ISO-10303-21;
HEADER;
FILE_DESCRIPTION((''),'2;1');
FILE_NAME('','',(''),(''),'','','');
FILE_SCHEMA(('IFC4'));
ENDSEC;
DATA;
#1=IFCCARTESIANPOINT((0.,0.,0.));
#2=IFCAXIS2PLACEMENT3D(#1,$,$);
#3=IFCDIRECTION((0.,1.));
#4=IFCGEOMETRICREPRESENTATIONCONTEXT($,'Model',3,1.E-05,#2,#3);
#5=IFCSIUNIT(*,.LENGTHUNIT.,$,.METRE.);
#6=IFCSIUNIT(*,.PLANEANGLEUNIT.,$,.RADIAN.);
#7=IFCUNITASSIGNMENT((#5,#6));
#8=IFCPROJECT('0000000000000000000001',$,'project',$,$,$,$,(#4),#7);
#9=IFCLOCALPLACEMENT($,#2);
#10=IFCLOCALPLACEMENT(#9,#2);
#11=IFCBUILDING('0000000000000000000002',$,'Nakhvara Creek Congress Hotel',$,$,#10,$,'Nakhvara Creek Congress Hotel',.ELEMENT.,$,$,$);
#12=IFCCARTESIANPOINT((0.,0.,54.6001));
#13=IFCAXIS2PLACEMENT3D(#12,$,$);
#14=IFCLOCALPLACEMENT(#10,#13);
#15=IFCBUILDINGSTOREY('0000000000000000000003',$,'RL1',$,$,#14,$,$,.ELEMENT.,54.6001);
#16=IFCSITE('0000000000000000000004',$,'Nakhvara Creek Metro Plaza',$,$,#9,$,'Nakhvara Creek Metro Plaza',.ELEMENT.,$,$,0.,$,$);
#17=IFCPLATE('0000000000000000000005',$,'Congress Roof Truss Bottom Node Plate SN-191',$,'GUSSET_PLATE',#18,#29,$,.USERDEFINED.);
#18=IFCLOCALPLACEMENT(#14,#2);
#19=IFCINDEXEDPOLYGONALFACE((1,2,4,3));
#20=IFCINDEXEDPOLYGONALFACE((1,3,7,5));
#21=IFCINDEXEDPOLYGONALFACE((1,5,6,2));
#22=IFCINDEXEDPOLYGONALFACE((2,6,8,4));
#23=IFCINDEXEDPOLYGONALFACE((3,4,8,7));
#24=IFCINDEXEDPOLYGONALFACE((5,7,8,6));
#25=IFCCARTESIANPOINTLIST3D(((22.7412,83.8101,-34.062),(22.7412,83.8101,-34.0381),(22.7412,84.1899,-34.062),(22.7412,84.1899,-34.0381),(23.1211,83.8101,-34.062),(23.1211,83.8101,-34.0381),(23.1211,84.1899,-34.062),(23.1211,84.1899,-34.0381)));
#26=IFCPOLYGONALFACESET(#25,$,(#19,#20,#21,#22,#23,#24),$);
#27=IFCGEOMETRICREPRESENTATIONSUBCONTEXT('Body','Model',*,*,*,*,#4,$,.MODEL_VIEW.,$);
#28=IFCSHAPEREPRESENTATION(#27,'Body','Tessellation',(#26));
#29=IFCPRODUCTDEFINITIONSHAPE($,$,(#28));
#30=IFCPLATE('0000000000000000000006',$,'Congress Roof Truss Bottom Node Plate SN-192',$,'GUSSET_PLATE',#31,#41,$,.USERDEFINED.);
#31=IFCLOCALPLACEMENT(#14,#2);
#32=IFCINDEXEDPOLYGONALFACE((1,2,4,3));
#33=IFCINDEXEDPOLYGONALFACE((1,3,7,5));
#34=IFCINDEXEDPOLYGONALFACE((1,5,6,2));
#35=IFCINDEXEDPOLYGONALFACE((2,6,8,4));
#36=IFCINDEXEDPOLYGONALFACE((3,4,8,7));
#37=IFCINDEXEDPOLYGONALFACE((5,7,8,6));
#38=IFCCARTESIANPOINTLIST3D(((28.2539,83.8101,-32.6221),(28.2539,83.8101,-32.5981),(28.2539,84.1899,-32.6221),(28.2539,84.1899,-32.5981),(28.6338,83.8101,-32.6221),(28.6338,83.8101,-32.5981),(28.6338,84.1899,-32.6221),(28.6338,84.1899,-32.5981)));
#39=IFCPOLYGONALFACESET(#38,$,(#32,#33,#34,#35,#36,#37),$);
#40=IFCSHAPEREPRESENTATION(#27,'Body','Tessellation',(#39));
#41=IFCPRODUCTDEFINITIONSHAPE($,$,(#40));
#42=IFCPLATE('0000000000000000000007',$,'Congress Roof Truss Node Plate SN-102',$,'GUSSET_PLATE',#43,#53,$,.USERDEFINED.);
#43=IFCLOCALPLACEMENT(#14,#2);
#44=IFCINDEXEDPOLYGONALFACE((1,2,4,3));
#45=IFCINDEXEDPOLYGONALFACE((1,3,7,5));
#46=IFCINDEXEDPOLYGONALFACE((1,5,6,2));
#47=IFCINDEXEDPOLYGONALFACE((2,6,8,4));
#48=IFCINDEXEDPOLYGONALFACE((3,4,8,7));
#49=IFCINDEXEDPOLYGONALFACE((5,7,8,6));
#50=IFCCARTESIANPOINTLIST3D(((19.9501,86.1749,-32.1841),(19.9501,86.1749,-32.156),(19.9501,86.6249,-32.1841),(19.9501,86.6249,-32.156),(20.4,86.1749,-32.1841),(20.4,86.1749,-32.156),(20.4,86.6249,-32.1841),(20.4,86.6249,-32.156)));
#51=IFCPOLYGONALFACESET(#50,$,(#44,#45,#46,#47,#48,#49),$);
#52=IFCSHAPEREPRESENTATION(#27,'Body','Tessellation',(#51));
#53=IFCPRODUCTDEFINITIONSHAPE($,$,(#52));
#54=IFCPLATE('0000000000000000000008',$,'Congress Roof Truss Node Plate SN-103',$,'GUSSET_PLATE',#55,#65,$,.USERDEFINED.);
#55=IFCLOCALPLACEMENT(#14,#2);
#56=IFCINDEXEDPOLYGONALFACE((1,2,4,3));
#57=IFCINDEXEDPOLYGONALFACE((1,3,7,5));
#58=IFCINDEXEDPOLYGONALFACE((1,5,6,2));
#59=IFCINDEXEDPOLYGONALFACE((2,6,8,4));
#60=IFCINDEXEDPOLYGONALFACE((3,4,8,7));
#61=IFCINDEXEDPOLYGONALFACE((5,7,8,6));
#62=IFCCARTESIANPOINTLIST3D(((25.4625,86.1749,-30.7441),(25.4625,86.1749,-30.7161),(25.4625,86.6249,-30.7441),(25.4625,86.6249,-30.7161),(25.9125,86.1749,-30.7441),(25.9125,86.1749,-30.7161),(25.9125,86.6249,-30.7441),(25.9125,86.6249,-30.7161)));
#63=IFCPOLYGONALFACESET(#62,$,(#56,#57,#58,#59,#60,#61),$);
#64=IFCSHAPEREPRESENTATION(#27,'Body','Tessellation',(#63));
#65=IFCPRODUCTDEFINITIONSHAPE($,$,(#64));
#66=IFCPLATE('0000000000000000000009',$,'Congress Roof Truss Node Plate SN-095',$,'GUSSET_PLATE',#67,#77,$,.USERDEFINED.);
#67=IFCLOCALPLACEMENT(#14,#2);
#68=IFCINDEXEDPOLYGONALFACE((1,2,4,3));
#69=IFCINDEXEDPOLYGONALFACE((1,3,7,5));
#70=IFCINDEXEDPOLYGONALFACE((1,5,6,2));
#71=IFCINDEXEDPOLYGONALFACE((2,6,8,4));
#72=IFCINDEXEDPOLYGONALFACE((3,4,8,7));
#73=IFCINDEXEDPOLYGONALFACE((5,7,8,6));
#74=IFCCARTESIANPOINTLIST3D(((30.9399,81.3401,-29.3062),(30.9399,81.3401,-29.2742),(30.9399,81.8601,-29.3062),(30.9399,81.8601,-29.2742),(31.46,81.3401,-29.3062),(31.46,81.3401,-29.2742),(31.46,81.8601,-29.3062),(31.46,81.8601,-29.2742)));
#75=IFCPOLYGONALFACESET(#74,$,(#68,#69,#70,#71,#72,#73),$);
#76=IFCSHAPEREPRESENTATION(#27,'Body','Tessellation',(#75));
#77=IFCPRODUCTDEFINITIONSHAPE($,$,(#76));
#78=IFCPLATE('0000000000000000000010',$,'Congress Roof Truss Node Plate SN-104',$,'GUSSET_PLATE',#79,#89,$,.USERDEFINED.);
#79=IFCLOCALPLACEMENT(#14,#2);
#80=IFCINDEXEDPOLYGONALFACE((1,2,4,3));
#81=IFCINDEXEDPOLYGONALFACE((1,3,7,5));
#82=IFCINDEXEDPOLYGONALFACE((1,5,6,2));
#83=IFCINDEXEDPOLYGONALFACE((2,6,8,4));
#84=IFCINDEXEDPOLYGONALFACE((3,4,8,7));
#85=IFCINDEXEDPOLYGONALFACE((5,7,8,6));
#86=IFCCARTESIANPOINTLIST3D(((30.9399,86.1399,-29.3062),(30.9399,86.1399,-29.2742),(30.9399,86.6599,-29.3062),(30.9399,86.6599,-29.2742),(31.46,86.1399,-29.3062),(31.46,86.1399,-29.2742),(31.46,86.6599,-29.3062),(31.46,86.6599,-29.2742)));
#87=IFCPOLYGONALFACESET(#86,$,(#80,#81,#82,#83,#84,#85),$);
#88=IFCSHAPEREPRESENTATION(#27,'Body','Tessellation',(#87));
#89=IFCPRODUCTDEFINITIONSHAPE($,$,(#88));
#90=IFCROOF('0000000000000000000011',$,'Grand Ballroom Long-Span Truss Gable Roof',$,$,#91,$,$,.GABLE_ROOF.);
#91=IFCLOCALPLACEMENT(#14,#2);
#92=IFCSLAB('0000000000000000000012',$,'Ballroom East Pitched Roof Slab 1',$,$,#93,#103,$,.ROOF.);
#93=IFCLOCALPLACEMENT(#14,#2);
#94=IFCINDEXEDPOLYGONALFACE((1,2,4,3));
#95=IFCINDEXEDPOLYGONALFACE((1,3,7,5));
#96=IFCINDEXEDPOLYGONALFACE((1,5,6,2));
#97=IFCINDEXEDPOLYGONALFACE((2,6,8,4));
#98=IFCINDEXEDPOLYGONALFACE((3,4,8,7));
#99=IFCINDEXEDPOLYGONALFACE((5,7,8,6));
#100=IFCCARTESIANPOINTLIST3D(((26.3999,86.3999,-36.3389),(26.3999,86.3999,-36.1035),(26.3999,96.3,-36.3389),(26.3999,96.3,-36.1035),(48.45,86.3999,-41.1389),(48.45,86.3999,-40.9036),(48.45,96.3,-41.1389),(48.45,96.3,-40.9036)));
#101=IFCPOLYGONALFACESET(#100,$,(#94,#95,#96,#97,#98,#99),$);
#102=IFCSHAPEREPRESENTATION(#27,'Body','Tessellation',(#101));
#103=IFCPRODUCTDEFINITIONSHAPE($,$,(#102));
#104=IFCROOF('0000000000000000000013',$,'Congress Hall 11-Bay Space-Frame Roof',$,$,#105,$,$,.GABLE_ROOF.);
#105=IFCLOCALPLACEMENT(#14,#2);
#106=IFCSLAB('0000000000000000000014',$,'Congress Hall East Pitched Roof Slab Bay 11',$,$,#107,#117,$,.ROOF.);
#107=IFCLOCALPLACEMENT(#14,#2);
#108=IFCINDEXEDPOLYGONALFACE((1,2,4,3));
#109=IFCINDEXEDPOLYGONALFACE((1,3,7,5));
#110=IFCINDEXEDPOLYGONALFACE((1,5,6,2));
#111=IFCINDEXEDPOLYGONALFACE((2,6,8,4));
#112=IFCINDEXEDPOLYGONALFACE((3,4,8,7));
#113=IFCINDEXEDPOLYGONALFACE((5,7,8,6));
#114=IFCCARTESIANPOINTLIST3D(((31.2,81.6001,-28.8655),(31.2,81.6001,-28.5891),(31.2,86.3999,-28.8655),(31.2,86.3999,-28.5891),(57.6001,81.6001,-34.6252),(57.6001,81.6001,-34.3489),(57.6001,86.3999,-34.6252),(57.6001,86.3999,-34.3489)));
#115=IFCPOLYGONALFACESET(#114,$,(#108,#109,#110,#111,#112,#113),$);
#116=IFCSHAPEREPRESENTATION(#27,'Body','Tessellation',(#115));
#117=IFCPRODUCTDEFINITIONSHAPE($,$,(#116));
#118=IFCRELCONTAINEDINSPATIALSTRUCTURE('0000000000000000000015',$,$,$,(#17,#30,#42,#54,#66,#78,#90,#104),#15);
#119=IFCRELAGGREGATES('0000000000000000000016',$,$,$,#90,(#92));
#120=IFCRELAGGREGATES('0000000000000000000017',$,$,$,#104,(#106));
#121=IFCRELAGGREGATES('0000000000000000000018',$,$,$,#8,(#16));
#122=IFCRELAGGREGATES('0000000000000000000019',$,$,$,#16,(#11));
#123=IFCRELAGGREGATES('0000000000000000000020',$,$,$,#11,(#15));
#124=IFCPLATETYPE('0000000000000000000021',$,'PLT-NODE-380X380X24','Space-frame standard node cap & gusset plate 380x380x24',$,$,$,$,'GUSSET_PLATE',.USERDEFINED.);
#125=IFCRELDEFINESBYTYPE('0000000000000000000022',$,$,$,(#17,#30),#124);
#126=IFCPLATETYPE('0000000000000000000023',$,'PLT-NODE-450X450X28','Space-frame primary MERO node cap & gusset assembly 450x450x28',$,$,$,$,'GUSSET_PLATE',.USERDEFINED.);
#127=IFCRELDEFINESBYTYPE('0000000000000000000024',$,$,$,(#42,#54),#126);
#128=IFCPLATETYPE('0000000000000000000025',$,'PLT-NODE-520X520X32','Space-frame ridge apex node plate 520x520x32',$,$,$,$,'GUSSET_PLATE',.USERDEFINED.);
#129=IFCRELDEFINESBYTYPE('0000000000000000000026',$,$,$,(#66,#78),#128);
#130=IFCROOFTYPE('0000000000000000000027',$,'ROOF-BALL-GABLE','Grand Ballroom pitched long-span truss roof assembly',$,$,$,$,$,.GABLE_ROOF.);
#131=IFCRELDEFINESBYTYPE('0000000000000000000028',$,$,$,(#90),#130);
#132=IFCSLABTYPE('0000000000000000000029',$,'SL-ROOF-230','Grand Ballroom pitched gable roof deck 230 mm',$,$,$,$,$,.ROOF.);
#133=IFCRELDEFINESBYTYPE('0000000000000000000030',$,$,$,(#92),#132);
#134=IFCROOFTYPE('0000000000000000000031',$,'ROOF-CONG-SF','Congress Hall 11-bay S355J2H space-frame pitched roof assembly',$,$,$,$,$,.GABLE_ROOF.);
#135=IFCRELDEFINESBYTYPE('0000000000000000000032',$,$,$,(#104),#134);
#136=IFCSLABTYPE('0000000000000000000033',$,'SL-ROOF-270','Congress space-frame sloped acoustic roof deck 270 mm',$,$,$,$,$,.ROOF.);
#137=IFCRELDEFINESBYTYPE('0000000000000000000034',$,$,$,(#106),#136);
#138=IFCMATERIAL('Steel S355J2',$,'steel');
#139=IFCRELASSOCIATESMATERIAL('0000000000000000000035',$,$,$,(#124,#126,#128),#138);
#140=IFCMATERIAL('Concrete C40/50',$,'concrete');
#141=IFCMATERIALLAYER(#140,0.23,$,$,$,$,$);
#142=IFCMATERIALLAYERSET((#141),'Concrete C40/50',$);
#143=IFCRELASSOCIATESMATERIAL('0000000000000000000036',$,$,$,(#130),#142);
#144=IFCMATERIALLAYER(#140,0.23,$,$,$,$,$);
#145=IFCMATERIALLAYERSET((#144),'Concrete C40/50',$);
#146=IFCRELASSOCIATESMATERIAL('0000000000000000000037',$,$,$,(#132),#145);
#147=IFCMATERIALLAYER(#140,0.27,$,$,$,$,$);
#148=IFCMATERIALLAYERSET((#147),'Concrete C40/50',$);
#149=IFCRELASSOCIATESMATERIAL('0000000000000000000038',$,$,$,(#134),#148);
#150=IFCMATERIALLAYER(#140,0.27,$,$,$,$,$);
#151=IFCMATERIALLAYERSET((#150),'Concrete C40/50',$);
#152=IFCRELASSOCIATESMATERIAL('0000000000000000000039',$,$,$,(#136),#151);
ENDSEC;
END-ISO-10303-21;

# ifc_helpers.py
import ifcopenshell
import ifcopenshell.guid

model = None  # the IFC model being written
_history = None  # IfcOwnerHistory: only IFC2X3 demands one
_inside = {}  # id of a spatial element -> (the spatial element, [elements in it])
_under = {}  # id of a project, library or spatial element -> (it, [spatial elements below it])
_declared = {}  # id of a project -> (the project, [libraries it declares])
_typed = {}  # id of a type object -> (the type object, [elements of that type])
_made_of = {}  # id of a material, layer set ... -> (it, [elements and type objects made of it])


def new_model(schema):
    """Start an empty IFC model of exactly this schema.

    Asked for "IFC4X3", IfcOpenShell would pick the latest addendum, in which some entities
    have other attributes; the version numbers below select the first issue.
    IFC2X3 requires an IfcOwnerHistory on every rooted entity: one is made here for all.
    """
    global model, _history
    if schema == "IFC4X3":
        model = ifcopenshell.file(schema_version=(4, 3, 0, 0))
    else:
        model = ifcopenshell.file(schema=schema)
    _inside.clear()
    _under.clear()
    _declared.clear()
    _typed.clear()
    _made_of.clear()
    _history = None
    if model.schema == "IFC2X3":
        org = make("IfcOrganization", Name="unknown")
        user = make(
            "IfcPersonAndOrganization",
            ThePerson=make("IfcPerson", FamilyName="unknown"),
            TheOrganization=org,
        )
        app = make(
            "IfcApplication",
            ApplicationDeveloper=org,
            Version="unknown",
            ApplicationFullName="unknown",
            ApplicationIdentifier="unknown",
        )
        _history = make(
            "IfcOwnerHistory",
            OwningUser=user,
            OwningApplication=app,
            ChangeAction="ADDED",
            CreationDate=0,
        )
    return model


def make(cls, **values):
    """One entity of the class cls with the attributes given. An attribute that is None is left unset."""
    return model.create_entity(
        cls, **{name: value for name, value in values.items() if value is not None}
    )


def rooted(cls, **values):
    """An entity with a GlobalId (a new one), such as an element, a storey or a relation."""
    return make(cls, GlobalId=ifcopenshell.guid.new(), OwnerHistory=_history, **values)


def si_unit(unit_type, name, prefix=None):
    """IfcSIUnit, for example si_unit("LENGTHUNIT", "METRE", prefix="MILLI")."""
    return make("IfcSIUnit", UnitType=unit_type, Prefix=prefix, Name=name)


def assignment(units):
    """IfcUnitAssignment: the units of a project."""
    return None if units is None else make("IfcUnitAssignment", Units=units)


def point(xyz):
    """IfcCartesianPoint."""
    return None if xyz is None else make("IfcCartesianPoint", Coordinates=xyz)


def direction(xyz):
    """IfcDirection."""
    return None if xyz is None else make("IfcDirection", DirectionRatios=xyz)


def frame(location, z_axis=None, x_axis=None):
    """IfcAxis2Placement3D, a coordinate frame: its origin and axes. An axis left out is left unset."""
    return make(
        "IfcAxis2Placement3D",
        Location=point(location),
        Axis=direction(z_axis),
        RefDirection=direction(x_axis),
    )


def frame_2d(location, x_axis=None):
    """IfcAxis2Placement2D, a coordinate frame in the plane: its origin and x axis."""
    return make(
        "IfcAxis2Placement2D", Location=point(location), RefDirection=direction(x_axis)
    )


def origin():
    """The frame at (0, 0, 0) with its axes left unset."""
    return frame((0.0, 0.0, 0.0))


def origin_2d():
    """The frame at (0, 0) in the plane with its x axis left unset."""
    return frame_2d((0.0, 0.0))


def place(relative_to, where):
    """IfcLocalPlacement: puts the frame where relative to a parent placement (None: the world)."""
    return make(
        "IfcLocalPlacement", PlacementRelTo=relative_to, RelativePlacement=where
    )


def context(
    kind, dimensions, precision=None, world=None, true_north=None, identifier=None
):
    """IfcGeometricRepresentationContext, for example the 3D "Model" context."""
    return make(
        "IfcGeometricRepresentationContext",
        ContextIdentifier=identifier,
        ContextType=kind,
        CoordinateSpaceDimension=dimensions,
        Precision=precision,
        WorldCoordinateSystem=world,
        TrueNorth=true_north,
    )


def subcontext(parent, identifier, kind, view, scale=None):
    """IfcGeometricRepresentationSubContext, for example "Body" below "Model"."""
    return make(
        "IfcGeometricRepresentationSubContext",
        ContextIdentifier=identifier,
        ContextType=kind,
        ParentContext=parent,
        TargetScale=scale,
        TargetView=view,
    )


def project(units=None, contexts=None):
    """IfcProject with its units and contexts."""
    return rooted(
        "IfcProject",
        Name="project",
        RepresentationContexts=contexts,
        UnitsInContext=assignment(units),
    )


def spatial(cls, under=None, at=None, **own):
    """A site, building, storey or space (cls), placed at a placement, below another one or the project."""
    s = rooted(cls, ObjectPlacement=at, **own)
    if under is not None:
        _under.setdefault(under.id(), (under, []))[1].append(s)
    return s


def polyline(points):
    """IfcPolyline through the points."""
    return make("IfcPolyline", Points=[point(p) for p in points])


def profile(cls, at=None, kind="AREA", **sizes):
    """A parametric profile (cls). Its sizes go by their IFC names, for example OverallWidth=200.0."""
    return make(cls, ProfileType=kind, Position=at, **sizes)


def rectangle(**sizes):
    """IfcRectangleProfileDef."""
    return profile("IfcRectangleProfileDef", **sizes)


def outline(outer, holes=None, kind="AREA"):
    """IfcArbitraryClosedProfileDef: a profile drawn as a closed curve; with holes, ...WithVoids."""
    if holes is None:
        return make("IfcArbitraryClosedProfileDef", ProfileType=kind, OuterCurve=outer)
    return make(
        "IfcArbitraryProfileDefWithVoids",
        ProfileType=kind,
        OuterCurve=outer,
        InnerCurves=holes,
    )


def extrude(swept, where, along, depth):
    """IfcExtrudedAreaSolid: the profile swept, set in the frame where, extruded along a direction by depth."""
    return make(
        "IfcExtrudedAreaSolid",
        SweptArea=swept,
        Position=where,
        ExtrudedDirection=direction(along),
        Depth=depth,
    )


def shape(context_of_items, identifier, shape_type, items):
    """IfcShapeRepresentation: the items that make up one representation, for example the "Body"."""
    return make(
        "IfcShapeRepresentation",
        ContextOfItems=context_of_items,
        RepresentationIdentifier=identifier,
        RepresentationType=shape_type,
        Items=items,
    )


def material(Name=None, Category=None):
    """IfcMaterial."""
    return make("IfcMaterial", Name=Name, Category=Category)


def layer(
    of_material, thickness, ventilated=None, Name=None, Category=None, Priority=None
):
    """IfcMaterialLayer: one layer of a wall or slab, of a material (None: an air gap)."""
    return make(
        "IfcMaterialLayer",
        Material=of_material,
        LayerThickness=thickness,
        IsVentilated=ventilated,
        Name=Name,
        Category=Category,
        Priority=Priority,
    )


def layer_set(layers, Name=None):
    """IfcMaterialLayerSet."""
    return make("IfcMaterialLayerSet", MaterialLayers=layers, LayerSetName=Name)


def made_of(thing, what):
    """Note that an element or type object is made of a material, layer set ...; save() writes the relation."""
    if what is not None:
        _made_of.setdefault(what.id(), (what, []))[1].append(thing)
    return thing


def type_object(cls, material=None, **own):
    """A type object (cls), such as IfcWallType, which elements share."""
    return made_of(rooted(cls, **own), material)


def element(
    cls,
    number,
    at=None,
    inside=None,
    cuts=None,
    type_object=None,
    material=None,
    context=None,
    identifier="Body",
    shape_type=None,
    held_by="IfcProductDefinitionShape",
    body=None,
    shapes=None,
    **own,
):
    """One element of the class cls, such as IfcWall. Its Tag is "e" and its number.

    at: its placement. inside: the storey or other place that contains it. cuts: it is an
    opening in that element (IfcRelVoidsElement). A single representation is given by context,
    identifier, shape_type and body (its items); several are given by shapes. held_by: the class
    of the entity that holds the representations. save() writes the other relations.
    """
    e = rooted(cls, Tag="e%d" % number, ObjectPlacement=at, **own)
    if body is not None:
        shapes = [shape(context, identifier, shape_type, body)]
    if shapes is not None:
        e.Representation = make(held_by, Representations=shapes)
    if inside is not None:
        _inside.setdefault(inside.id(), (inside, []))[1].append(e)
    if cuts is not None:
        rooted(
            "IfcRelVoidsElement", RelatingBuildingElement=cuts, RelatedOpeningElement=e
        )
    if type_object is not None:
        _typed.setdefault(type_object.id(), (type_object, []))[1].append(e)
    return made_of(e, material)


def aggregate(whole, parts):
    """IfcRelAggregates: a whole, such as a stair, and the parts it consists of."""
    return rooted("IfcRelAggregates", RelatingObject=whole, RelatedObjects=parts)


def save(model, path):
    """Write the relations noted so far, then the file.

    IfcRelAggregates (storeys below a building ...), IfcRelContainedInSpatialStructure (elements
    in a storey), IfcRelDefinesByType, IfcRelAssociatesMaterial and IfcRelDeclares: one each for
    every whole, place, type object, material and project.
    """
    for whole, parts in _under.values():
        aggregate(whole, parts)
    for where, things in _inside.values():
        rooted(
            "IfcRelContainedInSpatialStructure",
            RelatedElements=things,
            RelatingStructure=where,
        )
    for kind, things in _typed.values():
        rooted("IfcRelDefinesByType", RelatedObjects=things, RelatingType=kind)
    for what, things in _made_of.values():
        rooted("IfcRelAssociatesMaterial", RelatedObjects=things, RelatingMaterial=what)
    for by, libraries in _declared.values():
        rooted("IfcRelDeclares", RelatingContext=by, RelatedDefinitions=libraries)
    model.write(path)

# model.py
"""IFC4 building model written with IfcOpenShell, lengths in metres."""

from ifc_helpers import new_model, si_unit, direction, frame, origin, origin_2d, place, context, subcontext, project, spatial, polyline, rectangle, outline, extrude, material, layer, layer_set, type_object, element, aggregate, save


model = new_model("IFC4")

# Units and contexts
model_context = context("Model", 3, precision=1e-05, world=origin(), true_north=direction((0.0, 1.0)))
body_context = subcontext(model_context, "Body", "Model", "MODEL_VIEW")
ifc_project = project(units=[si_unit("LENGTHUNIT", "METRE"), si_unit("PLANEANGLEUNIT", "RADIAN")], contexts=[model_context])

# Site, building, storey
site_placement = place(None, origin())
site = spatial("IfcSite", under=ifc_project, at=site_placement, Name="Nakhvara Creek Metro Plaza", LongName="Nakhvara Creek Metro Plaza", CompositionType="ELEMENT", RefElevation=0.0)
building_placement = place(site_placement, origin())
building = spatial("IfcBuilding", under=site, at=building_placement, Name="Nakhvara Creek Congress Hotel", LongName="Nakhvara Creek Congress Hotel", CompositionType="ELEMENT")
storey_placement = place(building_placement, frame((0.0, 0.0, 54.6001)))
storey = spatial("IfcBuildingStorey", under=building, at=storey_placement, Name="RL1", CompositionType="ELEMENT", Elevation=54.6001)

# Plates
ifc_material_1 = material(Name="Steel S355J2", Category="steel")
plate_type_1 = type_object("IfcPlateType", Name="PLT-NODE-380X380X24", Description="Space-frame standard node cap & gusset plate 380x380x24", ElementType="GUSSET_PLATE", PredefinedType="USERDEFINED", material=ifc_material_1)
for number, where, z_axis, x_axis, name in (
    (1, (22.9312, 84.0, -34.062), (0.0, 0.0, 1.0), (1.0, 0.0, 0.0), "Congress Roof Truss Bottom Node Plate SN-191"),
    (2, (28.4438, 84.0, -32.6221), (0.0, 0.0, 1.0), (1.0, 0.0, 0.0), "Congress Roof Truss Bottom Node Plate SN-192"),
):
    element("IfcPlate", number, at=place(storey_placement, frame(where, z_axis=z_axis, x_axis=x_axis)), inside=storey, type_object=plate_type_1, Name=name, ObjectType="GUSSET_PLATE", PredefinedType="USERDEFINED", context=body_context, shape_type="SweptSolid", body=[
        extrude(rectangle(XDim=0.3799, YDim=0.3799, at=origin_2d()), origin(), (0.0, 0.0, 1.0), 0.0239),
    ])
plate_type_2 = type_object("IfcPlateType", Name="PLT-NODE-450X450X28", Description="Space-frame primary MERO node cap & gusset assembly 450x450x28", ElementType="GUSSET_PLATE", PredefinedType="USERDEFINED", material=ifc_material_1)
for number, where, z_axis, x_axis, name in (
    (3, (20.175, 86.3999, -32.1841), (0.0, 0.0, 1.0), (1.0, 0.0, 0.0), "Congress Roof Truss Node Plate SN-102"),
    (4, (25.6875, 86.3999, -30.7441), (0.0, 0.0, 1.0), (1.0, 0.0, 0.0), "Congress Roof Truss Node Plate SN-103"),
):
    element("IfcPlate", number, at=place(storey_placement, frame(where, z_axis=z_axis, x_axis=x_axis)), inside=storey, type_object=plate_type_2, Name=name, ObjectType="GUSSET_PLATE", PredefinedType="USERDEFINED", context=body_context, shape_type="SweptSolid", body=[
        extrude(rectangle(XDim=0.45, YDim=0.45, at=origin_2d()), origin(), (0.0, 0.0, 1.0), 0.0281),
    ])
plate_type_3 = type_object("IfcPlateType", Name="PLT-NODE-520X520X32", Description="Space-frame ridge apex node plate 520x520x32", ElementType="GUSSET_PLATE", PredefinedType="USERDEFINED", material=ifc_material_1)
for number, where, z_axis, x_axis, name in (
    (5, (31.2, 81.6001, -29.3062), (0.0, 0.0, 1.0), (1.0, 0.0, 0.0), "Congress Roof Truss Node Plate SN-095"),
    (6, (31.2, 86.3999, -29.3062), (0.0, 0.0, 1.0), (1.0, 0.0, 0.0), "Congress Roof Truss Node Plate SN-104"),
):
    element("IfcPlate", number, at=place(storey_placement, frame(where, z_axis=z_axis, x_axis=x_axis)), inside=storey, type_object=plate_type_3, Name=name, ObjectType="GUSSET_PLATE", PredefinedType="USERDEFINED", context=body_context, shape_type="SweptSolid", body=[
        extrude(rectangle(XDim=0.52, YDim=0.52, at=origin_2d()), origin(), (0.0, 0.0, 1.0), 0.032),
    ])

# Roofs, slabs
ifc_material_2 = material(Name="Concrete C40/50", Category="concrete")
ifc_layer_1 = layer(ifc_material_2, 0.23)
ifc_layer_set_1 = layer_set([ifc_layer_1], Name="Concrete C40/50")
roof_type_1 = type_object("IfcRoofType", Name="ROOF-BALL-GABLE", Description="Grand Ballroom pitched long-span truss roof assembly", PredefinedType="GABLE_ROOF", material=ifc_layer_set_1)
roof_1_placement = place(storey_placement, origin())
roof_1 = element("IfcRoof", 7, at=roof_1_placement, inside=storey, type_object=roof_type_1, Name="Grand Ballroom Long-Span Truss Gable Roof", PredefinedType="GABLE_ROOF")
ifc_layer_2 = layer(ifc_material_2, 0.23)
ifc_layer_set_2 = layer_set([ifc_layer_2], Name="Concrete C40/50")
slab_type_1 = type_object("IfcSlabType", Name="SL-ROOF-230", Description="Grand Ballroom pitched gable roof deck 230 mm", PredefinedType="ROOF", material=ifc_layer_set_2)
slab_1_placement = place(storey_placement, frame((26.3999, 86.3999, -36.1035), z_axis=(0.0, 0.0, 1.0), x_axis=(1.0, 0.0, 0.0)))
slab_1 = element("IfcSlab", 8, at=slab_1_placement, type_object=slab_type_1, Name="Ballroom East Pitched Roof Slab 1", PredefinedType="ROOF", context=body_context, shape_type="SweptSolid", body=[
    extrude(outline(polyline([(0.0, 0.0), (22.05, -4.8), (22.05, -5.0354), (0.0, -0.2354), (0.0, 0.0)])), frame((0.0, 9.9001, 0.0), z_axis=(0.0, -1.0, 0.0), x_axis=(1.0, 0.0, 0.0)), (0.0, 0.0, 1.0), 9.9001),
])
aggregate(roof_1, [slab_1])
ifc_layer_3 = layer(ifc_material_2, 0.27)
ifc_layer_set_3 = layer_set([ifc_layer_3], Name="Concrete C40/50")
roof_type_2 = type_object("IfcRoofType", Name="ROOF-CONG-SF", Description="Congress Hall 11-bay S355J2H space-frame pitched roof assembly", PredefinedType="GABLE_ROOF", material=ifc_layer_set_3)
roof_2_placement = place(storey_placement, origin())
roof_2 = element("IfcRoof", 9, at=roof_2_placement, inside=storey, type_object=roof_type_2, Name="Congress Hall 11-Bay Space-Frame Roof", PredefinedType="GABLE_ROOF")
ifc_layer_4 = layer(ifc_material_2, 0.27)
ifc_layer_set_4 = layer_set([ifc_layer_4], Name="Concrete C40/50")
slab_type_2 = type_object("IfcSlabType", Name="SL-ROOF-270", Description="Congress space-frame sloped acoustic roof deck 270 mm", PredefinedType="ROOF", material=ifc_layer_set_4)
slab_2_placement = place(storey_placement, frame((31.2, 81.6001, -28.5891), z_axis=(0.0, 0.0, 1.0), x_axis=(1.0, 0.0, 0.0)))
slab_2 = element("IfcSlab", 10, at=slab_2_placement, type_object=slab_type_2, Name="Congress Hall East Pitched Roof Slab Bay 11", PredefinedType="ROOF", context=body_context, shape_type="SweptSolid", body=[
    extrude(outline(polyline([(0.0, 0.0), (26.4001, -5.7598), (26.4001, -6.0361), (0.0, -0.2764), (0.0, 0.0)])), frame((0.0, 4.7998, 0.0), z_axis=(0.0, -1.0, 0.0), x_axis=(1.0, 0.0, 0.0)), (0.0, 0.0, 1.0), 4.7998),
])
aggregate(roof_2, [slab_2])

save(model, "model.ifc")
